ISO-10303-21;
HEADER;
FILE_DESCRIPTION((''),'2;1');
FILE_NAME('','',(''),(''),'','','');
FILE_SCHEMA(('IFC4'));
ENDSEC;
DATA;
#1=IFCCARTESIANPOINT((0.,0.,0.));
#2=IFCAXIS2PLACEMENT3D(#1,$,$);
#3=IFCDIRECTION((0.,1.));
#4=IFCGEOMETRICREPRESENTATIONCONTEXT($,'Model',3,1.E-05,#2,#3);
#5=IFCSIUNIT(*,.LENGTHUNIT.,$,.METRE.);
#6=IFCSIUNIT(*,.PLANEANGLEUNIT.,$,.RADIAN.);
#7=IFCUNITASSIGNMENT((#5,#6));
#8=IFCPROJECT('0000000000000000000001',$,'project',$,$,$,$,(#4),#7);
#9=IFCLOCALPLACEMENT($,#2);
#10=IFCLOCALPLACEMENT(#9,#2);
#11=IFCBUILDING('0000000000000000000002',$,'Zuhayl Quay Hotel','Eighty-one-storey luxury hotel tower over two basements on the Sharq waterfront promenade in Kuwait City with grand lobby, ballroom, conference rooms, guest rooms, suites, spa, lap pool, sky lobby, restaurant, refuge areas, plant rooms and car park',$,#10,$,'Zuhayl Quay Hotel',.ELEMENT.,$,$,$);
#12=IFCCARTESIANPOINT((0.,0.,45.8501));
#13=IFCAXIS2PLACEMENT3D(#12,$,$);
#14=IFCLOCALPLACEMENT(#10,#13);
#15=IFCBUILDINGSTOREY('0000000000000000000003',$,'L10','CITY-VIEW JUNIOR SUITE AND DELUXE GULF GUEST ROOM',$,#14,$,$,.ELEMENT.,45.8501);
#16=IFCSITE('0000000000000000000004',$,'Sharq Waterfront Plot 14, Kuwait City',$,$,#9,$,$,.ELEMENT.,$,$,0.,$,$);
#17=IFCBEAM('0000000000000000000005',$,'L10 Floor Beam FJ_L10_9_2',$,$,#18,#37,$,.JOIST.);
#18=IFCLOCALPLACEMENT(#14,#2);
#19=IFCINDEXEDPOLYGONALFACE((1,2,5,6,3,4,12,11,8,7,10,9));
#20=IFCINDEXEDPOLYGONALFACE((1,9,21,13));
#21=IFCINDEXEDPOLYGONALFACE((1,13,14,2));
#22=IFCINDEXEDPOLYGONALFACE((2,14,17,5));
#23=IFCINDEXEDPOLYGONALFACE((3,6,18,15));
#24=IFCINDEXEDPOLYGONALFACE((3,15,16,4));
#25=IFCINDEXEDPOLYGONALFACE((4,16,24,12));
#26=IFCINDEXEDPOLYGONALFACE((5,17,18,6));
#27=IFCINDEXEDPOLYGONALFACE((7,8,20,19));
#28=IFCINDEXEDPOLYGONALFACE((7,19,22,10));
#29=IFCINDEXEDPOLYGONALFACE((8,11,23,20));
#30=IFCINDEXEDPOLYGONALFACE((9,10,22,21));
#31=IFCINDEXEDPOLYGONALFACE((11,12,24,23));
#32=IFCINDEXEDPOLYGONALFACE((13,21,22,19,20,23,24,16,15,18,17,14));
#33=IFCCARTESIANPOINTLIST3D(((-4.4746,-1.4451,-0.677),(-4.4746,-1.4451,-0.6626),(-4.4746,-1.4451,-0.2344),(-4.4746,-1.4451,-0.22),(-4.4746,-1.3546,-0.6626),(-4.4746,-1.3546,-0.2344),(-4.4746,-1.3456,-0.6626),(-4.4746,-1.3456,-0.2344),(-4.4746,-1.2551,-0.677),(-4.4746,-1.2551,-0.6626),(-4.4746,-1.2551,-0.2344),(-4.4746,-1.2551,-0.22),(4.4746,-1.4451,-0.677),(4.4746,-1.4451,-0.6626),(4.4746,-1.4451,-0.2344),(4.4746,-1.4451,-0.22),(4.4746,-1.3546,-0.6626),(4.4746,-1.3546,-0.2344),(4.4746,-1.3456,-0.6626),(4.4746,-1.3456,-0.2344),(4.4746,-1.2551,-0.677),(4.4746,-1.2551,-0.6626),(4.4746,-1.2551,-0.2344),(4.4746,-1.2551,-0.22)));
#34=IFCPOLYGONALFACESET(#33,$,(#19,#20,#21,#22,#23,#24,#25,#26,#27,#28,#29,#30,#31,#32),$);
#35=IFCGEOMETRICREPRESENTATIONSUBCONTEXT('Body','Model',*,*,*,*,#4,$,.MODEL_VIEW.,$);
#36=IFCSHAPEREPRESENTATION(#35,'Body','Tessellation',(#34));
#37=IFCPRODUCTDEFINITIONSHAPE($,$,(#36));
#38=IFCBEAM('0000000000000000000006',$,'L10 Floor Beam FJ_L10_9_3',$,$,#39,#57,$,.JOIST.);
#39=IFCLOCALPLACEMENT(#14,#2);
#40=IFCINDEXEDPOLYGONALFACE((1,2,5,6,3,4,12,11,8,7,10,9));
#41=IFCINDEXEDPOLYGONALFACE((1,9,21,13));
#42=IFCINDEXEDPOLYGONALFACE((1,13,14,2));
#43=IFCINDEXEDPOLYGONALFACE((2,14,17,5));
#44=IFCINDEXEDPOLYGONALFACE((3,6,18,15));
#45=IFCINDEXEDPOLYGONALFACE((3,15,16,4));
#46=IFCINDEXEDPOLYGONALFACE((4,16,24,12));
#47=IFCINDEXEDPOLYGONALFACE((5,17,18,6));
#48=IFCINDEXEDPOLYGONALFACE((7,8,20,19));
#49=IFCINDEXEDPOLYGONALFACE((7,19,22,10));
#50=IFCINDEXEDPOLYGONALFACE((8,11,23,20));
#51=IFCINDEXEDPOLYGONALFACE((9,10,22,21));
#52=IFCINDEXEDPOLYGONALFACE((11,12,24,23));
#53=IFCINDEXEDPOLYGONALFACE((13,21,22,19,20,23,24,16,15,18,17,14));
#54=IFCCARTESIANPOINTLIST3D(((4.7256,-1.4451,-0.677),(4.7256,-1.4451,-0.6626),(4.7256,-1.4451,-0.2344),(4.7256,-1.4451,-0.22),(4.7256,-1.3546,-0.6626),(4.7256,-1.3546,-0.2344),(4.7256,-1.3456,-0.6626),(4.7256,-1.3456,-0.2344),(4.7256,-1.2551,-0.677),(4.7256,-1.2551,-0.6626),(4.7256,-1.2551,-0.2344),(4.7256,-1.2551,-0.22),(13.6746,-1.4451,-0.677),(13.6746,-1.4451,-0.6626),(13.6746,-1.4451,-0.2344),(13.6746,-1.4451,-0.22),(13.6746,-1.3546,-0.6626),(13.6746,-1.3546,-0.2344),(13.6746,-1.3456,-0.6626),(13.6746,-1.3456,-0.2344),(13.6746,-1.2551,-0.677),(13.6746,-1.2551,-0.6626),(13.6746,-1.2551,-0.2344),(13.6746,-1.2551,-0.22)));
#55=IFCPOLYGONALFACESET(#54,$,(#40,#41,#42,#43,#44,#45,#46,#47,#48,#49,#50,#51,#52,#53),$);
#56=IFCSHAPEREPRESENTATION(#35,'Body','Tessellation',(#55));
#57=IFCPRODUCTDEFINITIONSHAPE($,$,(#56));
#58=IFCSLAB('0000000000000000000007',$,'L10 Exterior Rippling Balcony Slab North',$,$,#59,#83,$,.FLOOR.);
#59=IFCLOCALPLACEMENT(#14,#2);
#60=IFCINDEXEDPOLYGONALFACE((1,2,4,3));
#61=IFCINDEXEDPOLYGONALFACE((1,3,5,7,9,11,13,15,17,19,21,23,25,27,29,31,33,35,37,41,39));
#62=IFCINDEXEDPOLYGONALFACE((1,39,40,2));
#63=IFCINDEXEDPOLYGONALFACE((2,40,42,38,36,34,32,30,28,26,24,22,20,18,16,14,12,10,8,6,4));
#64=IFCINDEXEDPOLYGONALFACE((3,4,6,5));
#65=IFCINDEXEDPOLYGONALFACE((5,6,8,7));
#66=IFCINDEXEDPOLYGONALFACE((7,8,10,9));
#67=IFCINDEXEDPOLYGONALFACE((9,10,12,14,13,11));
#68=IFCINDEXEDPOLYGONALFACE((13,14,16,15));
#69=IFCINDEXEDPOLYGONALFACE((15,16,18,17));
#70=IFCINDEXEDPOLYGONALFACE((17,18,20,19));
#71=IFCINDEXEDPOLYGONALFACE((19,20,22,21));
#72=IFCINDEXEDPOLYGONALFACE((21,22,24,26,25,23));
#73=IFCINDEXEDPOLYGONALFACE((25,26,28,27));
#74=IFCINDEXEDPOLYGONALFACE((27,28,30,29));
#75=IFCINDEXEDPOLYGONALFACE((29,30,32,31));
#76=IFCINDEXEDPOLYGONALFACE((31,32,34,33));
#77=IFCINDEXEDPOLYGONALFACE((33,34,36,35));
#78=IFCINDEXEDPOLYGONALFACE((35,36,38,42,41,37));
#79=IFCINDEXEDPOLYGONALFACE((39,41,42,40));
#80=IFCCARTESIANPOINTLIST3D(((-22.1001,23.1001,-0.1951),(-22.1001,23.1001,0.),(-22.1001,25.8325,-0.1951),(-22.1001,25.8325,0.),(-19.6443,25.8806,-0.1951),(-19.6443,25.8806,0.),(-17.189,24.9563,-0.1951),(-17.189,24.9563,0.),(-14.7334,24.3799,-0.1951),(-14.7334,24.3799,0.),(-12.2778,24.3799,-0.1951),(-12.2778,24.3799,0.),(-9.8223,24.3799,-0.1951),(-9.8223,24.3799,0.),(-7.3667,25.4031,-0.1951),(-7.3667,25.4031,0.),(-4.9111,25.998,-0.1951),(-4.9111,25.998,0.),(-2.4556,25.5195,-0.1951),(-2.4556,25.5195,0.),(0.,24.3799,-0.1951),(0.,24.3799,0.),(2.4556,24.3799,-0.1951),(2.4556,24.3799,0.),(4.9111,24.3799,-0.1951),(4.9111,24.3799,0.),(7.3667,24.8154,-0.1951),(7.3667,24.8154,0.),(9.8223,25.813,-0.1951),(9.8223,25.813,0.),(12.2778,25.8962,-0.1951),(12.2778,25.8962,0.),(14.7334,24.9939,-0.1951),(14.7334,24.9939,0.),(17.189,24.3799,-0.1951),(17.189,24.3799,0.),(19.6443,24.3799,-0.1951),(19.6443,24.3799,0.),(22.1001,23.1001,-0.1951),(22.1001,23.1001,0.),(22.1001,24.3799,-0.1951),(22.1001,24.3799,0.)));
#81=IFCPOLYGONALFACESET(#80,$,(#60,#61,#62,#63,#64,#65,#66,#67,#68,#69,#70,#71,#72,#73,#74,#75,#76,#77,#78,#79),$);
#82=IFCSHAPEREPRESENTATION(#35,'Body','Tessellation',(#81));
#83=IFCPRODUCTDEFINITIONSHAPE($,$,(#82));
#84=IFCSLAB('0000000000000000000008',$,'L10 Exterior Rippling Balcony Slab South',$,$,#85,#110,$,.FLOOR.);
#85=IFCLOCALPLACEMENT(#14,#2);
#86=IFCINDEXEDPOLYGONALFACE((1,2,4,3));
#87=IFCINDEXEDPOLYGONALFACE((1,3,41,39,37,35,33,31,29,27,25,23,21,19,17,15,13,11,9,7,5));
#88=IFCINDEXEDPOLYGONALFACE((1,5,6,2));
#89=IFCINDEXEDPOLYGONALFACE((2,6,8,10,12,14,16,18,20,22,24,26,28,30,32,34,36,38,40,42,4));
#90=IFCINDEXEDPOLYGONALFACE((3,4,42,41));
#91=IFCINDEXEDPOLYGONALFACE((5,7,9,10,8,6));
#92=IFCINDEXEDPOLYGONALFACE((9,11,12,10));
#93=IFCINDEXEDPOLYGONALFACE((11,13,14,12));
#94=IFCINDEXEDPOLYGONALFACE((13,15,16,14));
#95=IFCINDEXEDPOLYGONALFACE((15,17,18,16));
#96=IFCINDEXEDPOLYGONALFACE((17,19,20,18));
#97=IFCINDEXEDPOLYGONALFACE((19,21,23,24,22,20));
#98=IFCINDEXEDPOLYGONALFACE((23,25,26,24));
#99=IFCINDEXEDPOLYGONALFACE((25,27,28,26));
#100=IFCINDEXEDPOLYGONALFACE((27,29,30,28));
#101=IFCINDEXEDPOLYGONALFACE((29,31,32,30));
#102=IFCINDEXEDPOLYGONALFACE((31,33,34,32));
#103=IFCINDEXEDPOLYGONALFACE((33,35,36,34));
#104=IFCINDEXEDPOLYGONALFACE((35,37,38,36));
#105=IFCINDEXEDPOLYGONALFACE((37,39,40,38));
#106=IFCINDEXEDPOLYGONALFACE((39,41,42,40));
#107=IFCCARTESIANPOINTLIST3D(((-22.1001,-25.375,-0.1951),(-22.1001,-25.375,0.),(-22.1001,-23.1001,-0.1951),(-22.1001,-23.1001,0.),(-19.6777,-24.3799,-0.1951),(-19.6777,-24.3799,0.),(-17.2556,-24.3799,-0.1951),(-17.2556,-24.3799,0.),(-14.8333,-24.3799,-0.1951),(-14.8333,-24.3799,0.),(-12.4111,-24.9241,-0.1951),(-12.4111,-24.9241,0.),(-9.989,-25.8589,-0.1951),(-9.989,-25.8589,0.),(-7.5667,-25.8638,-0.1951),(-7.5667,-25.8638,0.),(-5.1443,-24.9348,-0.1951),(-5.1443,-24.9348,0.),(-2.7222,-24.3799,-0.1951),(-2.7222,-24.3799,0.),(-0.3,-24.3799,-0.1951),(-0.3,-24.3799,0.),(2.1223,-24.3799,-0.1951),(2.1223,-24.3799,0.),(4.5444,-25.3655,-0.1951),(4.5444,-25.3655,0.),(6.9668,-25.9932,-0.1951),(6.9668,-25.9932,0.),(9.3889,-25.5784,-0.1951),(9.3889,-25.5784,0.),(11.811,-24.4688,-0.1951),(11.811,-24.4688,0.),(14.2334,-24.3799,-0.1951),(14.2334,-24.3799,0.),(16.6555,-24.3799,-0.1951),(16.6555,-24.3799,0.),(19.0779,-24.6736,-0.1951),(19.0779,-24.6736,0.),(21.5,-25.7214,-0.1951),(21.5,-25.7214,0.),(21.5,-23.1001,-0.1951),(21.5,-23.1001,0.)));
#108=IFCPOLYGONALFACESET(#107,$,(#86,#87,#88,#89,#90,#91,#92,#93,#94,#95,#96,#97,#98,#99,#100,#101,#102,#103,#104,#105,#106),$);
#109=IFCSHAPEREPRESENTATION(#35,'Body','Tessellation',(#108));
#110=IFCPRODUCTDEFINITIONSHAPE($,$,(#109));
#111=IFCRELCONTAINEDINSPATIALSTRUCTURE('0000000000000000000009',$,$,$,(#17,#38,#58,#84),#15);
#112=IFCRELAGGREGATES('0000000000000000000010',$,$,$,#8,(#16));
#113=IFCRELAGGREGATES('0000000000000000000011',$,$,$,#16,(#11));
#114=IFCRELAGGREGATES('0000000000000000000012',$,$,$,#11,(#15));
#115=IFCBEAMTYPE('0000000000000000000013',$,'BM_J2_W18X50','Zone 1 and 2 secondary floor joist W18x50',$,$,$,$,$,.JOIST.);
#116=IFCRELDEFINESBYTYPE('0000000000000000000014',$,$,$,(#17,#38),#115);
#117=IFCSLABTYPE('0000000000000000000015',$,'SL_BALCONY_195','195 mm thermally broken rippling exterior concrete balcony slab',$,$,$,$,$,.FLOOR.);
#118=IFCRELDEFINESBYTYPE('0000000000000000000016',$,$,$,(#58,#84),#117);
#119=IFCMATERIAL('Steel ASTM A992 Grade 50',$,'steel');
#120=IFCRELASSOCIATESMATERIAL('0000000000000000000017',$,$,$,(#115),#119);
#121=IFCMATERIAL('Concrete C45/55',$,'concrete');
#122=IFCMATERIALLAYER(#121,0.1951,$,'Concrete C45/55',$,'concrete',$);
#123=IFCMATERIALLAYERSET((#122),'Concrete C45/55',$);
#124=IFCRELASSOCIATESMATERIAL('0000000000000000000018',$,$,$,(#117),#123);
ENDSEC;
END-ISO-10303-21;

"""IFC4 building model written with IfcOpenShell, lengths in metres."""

from ifc_helpers import new_model, si_unit, direction, frame, origin, origin_2d, place, context, subcontext, project, spatial, polyline, i_section, outline, extrude, material, layer, layer_set, material_profile, profile_set, type_object, element, save


model = new_model("IFC4")

# Units and contexts
model_context = context("Model", 3, precision=1e-05, world=origin(), true_north=direction((0.0, 1.0)))
body_context = subcontext(model_context, "Body", "Model", "MODEL_VIEW")
ifc_project = project(units=[si_unit("LENGTHUNIT", "METRE"), si_unit("PLANEANGLEUNIT", "RADIAN")], contexts=[model_context])

# Site, building, storey
site_placement = place(None, origin())
site = spatial("IfcSite", under=ifc_project, at=site_placement, Name="Sharq Waterfront Plot 14, Kuwait City", CompositionType="ELEMENT", RefElevation=0.0)
building_placement = place(site_placement, origin())
building = spatial("IfcBuilding", under=site, at=building_placement, Name="Zuhayl Quay Hotel", Description="Eighty-one-storey luxury hotel tower over two basements on the Sharq waterfront promenade in Kuwait City with grand lobby, ballroom, conference rooms, guest rooms, suites, spa, lap pool, sky lobby, restaurant, refuge areas, plant rooms and car park", LongName="Zuhayl Quay Hotel", CompositionType="ELEMENT")
storey_placement = place(building_placement, frame((0.0, 0.0, 45.8501)))
storey = spatial("IfcBuildingStorey", under=building, at=storey_placement, Name="L10", Description="CITY-VIEW JUNIOR SUITE AND DELUXE GULF GUEST ROOM", CompositionType="ELEMENT", Elevation=45.8501)

# Beams
ifc_material_1 = material(Name="Steel ASTM A992 Grade 50", Category="steel")
ifc_material_profile = material_profile(ifc_material_1, i_section(OverallWidth=0.1899, OverallDepth=0.457, WebThickness=0.009, FlangeThickness=0.0144, at=origin_2d()), Name="W18X50")
ifc_profile_set = profile_set([ifc_material_profile], Name="Steel ASTM A992 Grade 50")
beam_type = type_object("IfcBeamType", Name="BM_J2_W18X50", Description="Zone 1 and 2 secondary floor joist W18x50", PredefinedType="JOIST", material=ifc_profile_set)
beam_1_placement = place(storey_placement, frame((-4.4746, -1.3501, -0.4485), z_axis=(1.0, 0.0, 0.0), x_axis=(0.0, 1.0, 0.0)))
element("IfcBeam", 1, at=beam_1_placement, inside=storey, type_object=beam_type, Name="L10 Floor Beam FJ_L10_9_2", PredefinedType="JOIST", context=body_context, shape_type="SweptSolid", body=[
    extrude(i_section(OverallWidth=0.1899, OverallDepth=0.457, WebThickness=0.009, FlangeThickness=0.0144, at=origin_2d()), origin(), (0.0, 0.0, 1.0), 8.9492),
])
beam_2_placement = place(storey_placement, frame((4.7256, -1.3501, -0.4485), z_axis=(1.0, 0.0, 0.0), x_axis=(0.0, 1.0, 0.0)))
element("IfcBeam", 2, at=beam_2_placement, inside=storey, type_object=beam_type, Name="L10 Floor Beam FJ_L10_9_3", PredefinedType="JOIST", context=body_context, shape_type="SweptSolid", body=[
    extrude(i_section(OverallWidth=0.1899, OverallDepth=0.457, WebThickness=0.009, FlangeThickness=0.0144, at=origin_2d()), origin(), (0.0, 0.0, 1.0), 8.949),
])

# Slabs
ifc_material_2 = material(Name="Concrete C45/55", Category="concrete")
ifc_layer_1 = layer(ifc_material_2, 0.1951, Name="Concrete C45/55", Category="concrete")
ifc_layer_set_1 = layer_set([ifc_layer_1], Name="Concrete C45/55")
slab_type_1 = type_object("IfcSlabType", Name="SL_BALCONY_195", Description="195 mm thermally broken rippling exterior concrete balcony slab", PredefinedType="FLOOR", material=ifc_layer_set_1)
slab_1_placement = place(storey_placement, frame((0.0, 0.0, -0.1951)))
element("IfcSlab", 3, at=slab_1_placement, inside=storey, type_object=slab_type_1, Name="L10 Exterior Rippling Balcony Slab North", PredefinedType="FLOOR", context=body_context, shape_type="SweptSolid", body=[
    extrude(outline(polyline([(-22.1001, 23.1001), (22.1001, 23.1001), (22.1001, 24.3799), (19.6443, 24.3799), (17.189, 24.3799), (14.7334, 24.9939), (12.2778, 25.8962), (9.8223, 25.813), (7.3667, 24.8154), (4.9111, 24.3799), (2.4556, 24.3799), (0.0, 24.3799), (-2.4556, 25.5195), (-4.9111, 25.998), (-7.3667, 25.4031), (-9.8223, 24.3799), (-12.2778, 24.3799), (-14.7334, 24.3799), (-17.189, 24.9563), (-19.6443, 25.8806), (-22.1001, 25.8325), (-22.1001, 23.1001)])), origin(), (0.0, 0.0, 1.0), 0.1951),
])
slab_2_placement = place(storey_placement, frame((0.0, 0.0, -0.1951)))
element("IfcSlab", 4, at=slab_2_placement, inside=storey, type_object=slab_type_1, Name="L10 Exterior Rippling Balcony Slab South", PredefinedType="FLOOR", context=body_context, shape_type="SweptSolid", body=[
    extrude(outline(polyline([(-22.1001, -25.375), (-19.6777, -24.3799), (-17.2556, -24.3799), (-14.8333, -24.3799), (-12.4111, -24.9241), (-9.989, -25.8589), (-7.5667, -25.8638), (-5.1443, -24.9348), (-2.7222, -24.3799), (-0.3, -24.3799), (2.1223, -24.3799), (4.5444, -25.3655), (6.9668, -25.9932), (9.3889, -25.5784), (11.811, -24.4688), (14.2334, -24.3799), (16.6555, -24.3799), (19.0779, -24.6736), (21.5, -25.7214), (21.5, -23.1001), (-22.1001, -23.1001), (-22.1001, -25.375)])), origin(), (0.0, 0.0, 1.0), 0.1951),
])

save(model, "model.ifc")
